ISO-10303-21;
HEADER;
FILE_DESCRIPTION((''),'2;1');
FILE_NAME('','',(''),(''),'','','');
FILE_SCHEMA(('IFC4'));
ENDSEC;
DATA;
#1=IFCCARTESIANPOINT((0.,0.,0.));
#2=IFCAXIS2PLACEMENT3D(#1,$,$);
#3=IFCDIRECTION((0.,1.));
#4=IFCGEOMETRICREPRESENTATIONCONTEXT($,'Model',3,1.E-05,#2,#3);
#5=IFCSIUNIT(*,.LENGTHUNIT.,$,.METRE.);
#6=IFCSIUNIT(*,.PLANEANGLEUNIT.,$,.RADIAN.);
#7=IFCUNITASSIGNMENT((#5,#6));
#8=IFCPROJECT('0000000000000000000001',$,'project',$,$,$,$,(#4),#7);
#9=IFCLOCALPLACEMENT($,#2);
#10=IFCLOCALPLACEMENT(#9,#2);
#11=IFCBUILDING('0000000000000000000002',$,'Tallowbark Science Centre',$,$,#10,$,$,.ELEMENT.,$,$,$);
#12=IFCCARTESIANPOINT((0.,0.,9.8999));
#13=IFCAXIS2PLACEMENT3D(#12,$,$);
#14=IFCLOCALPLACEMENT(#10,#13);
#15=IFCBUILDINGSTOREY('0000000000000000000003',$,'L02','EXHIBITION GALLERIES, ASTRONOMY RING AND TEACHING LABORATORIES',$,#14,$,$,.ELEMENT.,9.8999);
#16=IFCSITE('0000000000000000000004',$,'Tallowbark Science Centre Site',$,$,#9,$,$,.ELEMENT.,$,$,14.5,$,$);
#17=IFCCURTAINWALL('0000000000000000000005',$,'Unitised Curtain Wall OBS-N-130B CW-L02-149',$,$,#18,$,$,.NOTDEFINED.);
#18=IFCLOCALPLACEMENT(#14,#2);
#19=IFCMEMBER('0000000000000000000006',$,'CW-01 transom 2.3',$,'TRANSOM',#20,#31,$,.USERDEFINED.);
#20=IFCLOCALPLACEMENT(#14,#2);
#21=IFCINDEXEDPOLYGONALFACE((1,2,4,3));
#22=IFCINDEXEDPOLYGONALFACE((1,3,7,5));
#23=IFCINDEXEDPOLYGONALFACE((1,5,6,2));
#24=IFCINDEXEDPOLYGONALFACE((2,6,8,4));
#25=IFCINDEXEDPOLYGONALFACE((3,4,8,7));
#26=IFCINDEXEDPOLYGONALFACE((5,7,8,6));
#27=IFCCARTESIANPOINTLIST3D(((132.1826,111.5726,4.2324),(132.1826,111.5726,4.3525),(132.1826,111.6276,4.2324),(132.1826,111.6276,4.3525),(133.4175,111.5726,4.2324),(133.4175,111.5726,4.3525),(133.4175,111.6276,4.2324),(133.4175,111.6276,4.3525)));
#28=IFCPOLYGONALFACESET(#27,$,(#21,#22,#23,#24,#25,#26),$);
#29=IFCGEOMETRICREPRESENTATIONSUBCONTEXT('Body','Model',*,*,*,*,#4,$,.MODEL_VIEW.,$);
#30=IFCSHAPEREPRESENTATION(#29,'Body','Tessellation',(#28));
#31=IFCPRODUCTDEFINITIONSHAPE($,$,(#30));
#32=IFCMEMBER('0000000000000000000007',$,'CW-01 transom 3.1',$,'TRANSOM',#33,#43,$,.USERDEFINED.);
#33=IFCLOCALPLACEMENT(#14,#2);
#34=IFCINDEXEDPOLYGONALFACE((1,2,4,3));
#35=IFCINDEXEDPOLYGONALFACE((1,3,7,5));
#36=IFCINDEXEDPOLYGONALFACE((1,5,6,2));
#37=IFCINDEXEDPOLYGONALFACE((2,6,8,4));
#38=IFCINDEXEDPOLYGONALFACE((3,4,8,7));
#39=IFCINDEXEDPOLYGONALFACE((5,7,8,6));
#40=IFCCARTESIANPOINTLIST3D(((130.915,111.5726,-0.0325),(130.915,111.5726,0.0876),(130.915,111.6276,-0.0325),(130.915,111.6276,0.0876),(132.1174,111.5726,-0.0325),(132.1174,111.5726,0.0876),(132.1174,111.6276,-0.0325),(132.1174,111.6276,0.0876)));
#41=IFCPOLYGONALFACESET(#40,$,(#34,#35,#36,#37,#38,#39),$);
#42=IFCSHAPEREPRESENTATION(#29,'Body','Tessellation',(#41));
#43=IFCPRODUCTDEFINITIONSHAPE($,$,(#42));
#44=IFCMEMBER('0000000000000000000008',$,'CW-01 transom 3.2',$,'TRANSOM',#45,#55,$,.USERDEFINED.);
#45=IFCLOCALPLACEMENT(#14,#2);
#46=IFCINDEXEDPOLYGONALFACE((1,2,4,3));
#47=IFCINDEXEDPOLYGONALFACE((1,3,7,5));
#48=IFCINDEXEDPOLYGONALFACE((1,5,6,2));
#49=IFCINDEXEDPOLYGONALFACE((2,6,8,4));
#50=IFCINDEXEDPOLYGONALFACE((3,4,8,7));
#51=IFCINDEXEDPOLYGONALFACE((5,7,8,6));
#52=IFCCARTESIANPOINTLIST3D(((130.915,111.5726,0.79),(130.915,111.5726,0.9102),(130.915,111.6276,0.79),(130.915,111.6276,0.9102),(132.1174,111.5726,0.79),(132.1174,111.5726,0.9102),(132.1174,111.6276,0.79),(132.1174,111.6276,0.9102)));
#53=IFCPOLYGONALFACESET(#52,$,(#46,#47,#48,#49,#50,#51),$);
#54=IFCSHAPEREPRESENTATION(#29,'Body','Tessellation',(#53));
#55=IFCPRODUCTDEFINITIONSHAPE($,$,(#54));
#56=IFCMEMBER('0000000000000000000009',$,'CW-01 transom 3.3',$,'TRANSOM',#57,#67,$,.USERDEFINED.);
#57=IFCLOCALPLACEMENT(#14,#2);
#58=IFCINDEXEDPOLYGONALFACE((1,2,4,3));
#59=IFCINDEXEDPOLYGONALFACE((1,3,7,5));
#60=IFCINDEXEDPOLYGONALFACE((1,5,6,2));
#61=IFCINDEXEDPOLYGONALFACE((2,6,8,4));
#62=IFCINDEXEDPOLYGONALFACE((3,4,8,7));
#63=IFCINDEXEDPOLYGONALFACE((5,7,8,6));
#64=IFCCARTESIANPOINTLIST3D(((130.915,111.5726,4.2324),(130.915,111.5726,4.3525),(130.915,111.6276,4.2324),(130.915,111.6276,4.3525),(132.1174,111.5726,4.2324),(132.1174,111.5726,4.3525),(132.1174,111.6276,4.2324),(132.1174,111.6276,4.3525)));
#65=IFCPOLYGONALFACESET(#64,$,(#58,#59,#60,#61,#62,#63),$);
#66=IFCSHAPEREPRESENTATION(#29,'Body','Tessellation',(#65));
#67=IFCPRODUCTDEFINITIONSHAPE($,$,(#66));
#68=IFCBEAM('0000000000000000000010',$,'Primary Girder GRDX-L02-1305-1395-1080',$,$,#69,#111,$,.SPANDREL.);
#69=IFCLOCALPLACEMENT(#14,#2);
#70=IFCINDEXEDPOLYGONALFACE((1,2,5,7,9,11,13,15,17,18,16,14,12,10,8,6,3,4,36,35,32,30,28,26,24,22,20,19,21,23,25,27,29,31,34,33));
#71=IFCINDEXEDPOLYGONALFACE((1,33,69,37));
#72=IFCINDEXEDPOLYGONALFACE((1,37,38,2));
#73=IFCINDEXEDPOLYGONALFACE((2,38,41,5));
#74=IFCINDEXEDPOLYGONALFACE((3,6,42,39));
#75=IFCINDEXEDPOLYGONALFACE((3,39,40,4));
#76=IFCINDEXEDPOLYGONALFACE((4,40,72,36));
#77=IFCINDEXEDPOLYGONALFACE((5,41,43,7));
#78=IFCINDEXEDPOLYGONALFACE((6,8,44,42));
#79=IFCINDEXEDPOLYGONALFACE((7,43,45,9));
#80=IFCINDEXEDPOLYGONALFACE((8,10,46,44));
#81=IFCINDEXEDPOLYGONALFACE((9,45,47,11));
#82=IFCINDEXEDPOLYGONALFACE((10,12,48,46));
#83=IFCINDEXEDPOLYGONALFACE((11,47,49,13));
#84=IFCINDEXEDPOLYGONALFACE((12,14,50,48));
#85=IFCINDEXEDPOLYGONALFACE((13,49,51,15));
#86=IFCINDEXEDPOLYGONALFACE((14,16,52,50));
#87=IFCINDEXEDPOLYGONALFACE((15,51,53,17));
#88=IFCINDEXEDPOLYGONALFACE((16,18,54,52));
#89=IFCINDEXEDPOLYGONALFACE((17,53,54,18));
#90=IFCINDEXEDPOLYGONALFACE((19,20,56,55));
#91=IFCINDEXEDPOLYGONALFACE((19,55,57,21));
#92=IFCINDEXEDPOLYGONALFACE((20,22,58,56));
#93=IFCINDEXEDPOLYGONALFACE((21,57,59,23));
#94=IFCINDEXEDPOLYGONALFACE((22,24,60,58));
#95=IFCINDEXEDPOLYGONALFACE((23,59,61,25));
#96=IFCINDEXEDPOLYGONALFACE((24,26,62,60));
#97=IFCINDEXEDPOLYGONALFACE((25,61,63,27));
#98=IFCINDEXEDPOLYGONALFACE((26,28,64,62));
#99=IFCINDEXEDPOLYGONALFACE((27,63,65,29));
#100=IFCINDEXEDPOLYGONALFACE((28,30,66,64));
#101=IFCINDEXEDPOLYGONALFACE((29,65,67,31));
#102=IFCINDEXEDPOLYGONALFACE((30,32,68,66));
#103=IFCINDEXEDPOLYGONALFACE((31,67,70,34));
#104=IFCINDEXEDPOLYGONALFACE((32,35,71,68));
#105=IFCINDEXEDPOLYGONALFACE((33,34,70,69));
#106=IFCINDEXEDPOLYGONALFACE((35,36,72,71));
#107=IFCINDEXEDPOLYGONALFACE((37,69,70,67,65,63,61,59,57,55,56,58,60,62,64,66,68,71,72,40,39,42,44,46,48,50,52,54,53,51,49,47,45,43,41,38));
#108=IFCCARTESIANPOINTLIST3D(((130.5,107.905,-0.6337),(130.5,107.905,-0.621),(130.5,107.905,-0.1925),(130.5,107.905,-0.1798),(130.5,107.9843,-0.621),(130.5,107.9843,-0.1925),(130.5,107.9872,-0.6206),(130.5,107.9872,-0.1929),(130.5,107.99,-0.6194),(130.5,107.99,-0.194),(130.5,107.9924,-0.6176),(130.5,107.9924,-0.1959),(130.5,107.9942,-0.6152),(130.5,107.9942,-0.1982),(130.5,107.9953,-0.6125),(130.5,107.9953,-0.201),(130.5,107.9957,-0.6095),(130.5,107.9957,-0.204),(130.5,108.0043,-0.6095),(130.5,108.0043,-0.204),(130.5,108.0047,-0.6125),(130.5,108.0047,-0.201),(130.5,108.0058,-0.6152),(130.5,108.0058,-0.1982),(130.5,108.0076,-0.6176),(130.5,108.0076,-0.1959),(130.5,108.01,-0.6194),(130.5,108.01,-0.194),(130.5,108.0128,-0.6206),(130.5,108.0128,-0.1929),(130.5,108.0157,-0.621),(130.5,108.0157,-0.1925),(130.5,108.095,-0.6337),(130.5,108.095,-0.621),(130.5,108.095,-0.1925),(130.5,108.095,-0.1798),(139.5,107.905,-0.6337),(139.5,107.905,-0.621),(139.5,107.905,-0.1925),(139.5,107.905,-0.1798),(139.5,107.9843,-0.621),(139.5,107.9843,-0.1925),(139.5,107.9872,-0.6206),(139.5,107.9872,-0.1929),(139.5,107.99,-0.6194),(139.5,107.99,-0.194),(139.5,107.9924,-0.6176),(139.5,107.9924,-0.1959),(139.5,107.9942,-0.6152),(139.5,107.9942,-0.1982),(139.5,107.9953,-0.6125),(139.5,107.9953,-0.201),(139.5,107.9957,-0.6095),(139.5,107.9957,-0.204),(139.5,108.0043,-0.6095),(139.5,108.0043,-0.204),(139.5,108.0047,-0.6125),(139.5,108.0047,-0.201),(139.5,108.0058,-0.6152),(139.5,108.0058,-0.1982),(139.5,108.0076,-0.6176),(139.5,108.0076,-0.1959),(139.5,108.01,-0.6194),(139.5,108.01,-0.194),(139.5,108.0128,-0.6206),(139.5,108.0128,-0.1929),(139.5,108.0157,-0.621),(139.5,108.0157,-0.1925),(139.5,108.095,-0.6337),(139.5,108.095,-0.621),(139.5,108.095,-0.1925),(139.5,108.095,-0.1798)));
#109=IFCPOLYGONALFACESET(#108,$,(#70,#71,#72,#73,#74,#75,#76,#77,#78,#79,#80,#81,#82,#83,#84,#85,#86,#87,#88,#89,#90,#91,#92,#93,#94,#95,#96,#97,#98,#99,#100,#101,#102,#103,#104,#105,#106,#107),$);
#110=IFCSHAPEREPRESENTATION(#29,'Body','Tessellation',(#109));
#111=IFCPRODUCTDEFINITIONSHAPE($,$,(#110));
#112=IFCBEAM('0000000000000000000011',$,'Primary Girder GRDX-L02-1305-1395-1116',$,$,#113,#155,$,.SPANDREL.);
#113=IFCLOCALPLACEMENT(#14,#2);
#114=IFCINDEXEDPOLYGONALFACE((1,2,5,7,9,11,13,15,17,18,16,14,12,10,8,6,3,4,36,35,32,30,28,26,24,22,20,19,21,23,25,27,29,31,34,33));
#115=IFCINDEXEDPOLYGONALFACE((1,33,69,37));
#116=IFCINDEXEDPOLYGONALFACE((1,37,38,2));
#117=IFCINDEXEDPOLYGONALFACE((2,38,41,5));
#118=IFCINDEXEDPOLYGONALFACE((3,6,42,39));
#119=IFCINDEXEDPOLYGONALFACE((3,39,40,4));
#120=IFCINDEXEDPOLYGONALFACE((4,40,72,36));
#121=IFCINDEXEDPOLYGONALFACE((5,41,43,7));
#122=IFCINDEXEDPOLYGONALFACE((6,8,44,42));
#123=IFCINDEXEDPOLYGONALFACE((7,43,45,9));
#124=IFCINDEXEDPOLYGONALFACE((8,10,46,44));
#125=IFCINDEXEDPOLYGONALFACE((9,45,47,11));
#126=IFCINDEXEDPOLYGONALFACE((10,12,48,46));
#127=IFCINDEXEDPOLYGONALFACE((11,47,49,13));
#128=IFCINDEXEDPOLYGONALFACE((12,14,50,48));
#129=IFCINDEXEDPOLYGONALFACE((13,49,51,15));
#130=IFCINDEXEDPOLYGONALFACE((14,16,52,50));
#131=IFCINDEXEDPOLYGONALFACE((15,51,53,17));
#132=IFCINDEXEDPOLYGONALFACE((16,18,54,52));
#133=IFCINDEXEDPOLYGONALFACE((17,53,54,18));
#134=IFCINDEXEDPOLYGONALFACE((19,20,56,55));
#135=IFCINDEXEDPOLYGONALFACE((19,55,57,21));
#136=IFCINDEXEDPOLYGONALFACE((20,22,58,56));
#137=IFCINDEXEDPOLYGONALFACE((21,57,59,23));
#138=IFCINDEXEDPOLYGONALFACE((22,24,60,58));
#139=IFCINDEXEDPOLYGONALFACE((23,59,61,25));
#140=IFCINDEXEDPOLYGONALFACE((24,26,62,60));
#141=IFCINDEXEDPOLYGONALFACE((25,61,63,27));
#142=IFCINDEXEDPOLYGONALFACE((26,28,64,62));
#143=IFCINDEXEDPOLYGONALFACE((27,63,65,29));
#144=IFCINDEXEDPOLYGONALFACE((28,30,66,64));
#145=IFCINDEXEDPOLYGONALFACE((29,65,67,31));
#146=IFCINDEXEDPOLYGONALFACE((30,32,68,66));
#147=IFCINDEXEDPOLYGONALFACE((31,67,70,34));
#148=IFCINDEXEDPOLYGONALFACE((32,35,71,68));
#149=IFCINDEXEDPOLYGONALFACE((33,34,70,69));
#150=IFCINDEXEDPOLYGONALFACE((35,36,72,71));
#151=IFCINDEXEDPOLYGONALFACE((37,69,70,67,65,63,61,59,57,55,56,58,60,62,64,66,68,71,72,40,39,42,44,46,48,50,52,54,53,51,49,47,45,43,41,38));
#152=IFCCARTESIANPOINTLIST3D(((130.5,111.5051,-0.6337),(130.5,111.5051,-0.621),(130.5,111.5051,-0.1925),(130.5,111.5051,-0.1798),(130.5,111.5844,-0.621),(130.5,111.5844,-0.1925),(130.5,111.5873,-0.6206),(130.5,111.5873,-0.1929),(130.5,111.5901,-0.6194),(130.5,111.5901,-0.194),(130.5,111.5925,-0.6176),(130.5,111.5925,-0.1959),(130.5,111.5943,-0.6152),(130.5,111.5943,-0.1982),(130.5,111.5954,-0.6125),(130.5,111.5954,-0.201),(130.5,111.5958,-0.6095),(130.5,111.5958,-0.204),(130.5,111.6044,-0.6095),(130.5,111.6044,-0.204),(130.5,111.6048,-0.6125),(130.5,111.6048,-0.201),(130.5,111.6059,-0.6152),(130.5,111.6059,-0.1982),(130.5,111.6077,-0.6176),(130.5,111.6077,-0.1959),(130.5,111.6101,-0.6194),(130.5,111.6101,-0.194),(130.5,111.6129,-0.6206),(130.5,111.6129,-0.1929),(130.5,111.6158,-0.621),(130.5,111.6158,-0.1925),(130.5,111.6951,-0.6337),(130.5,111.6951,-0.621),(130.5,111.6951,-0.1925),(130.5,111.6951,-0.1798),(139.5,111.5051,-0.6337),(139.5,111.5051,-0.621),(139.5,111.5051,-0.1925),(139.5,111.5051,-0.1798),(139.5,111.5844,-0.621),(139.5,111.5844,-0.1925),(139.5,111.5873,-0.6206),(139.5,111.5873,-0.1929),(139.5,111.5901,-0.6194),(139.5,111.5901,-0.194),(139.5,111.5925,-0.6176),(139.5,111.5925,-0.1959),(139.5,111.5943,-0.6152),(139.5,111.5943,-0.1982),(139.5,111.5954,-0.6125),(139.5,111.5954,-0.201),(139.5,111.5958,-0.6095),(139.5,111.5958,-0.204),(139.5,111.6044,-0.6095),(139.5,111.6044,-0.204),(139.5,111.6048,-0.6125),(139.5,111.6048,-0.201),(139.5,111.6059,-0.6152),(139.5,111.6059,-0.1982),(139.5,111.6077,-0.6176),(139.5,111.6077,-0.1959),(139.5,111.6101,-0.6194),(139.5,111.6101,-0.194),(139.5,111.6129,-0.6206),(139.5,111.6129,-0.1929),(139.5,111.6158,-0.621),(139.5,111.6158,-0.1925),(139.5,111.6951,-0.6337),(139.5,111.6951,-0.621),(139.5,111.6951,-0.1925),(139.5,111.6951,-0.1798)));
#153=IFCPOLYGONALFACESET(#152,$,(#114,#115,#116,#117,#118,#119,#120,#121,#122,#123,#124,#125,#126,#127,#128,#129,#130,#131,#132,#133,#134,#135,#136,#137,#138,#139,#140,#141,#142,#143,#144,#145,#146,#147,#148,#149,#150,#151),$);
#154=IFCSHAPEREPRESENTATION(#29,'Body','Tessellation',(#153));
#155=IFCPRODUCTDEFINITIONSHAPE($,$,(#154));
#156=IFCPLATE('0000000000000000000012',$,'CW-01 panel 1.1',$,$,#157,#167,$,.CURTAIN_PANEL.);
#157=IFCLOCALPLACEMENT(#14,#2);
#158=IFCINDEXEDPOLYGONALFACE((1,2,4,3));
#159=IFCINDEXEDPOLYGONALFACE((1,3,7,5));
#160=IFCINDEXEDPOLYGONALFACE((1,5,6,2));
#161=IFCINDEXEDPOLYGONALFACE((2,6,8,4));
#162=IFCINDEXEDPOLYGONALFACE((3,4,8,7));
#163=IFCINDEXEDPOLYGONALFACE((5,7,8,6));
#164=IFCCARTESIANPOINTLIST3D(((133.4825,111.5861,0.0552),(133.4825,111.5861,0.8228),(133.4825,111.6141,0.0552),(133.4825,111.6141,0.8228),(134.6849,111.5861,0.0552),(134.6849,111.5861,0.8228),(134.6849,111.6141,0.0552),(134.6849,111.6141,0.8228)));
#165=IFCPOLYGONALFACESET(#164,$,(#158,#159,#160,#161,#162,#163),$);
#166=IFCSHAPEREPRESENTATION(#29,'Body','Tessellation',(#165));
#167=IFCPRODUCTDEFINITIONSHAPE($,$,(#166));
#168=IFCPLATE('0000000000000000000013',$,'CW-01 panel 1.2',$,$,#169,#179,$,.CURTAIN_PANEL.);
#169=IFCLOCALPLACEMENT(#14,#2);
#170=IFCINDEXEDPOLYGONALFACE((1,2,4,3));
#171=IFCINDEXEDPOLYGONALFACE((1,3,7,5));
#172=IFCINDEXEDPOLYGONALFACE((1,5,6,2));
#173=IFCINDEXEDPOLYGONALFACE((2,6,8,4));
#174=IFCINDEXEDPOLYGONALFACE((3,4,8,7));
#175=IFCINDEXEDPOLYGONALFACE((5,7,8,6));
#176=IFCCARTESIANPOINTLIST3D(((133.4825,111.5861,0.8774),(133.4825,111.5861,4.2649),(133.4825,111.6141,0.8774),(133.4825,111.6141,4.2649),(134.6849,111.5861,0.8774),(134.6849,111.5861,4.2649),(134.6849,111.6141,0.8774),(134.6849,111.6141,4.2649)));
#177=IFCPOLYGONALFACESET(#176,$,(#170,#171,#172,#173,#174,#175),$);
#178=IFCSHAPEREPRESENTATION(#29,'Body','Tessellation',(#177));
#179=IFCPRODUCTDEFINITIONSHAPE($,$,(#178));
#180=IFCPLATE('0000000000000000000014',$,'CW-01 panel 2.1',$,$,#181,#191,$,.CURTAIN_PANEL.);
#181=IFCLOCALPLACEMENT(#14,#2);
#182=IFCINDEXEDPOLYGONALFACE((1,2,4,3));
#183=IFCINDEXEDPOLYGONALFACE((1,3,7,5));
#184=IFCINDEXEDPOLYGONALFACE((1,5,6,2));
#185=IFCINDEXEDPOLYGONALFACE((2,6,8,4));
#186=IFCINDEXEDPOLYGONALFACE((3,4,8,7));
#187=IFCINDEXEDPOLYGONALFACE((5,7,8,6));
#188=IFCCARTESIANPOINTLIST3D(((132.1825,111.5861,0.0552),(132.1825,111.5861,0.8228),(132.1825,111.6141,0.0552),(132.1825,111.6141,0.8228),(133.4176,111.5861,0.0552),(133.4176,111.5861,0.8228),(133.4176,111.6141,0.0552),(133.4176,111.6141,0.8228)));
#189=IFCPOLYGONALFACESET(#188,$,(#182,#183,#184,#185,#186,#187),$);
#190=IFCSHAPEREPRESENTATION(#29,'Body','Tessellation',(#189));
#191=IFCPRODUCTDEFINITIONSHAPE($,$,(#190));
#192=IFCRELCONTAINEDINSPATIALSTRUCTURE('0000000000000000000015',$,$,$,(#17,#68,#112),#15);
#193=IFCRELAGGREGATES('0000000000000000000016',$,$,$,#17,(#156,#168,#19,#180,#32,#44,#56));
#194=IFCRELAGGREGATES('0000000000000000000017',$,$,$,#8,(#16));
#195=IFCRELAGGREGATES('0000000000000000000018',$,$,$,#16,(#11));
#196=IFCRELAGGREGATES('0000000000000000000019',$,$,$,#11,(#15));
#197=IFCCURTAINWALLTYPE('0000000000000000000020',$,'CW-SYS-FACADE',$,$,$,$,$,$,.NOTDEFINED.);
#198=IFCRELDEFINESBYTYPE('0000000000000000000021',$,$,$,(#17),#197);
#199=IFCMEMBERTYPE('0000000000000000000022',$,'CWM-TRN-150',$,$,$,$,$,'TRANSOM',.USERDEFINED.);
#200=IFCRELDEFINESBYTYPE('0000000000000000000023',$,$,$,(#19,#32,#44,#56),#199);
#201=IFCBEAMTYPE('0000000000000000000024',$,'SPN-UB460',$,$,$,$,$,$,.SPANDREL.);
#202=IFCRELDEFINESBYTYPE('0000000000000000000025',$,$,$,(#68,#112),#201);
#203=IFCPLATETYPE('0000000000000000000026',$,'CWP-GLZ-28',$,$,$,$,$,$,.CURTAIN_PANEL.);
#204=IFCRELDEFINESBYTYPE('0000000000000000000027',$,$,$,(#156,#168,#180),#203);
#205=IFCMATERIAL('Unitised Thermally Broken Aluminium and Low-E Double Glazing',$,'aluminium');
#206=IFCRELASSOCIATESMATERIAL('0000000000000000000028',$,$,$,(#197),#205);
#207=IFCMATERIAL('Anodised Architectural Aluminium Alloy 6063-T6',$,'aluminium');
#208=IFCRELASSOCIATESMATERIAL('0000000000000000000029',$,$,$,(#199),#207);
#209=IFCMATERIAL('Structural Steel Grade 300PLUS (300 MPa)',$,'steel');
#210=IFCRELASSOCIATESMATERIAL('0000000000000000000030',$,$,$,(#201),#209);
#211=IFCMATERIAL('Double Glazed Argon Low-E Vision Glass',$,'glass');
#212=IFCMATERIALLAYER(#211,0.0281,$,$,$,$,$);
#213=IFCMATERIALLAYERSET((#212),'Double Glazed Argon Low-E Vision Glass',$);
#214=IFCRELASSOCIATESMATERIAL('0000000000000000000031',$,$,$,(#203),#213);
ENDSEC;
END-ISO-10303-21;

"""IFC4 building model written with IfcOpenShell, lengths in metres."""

from ifc_helpers import new_model, si_unit, direction, frame, origin, origin_2d, place, context, subcontext, project, spatial, rectangle, i_section, extrude, material, layer, layer_set, material_profile, profile_set, type_object, element, aggregate, save


model = new_model("IFC4")

# Units and contexts
model_context = context("Model", 3, precision=1e-05, world=origin(), true_north=direction((0.0, 1.0)))
body_context = subcontext(model_context, "Body", "Model", "MODEL_VIEW")
ifc_project = project(units=[si_unit("LENGTHUNIT", "METRE"), si_unit("PLANEANGLEUNIT", "RADIAN")], contexts=[model_context])

# Site, building, storey
site_placement = place(None, origin())
site = spatial("IfcSite", under=ifc_project, at=site_placement, Name="Tallowbark Science Centre Site", CompositionType="ELEMENT", RefElevation=14.5)
building_placement = place(site_placement, origin())
building = spatial("IfcBuilding", under=site, at=building_placement, Name="Tallowbark Science Centre", CompositionType="ELEMENT")
storey_placement = place(building_placement, frame((0.0, 0.0, 9.8999)))
storey = spatial("IfcBuildingStorey", under=building, at=storey_placement, Name="L02", Description="EXHIBITION GALLERIES, ASTRONOMY RING AND TEACHING LABORATORIES", CompositionType="ELEMENT", Elevation=9.8999)

# Shared definitions
ifc_material_1 = material(Name="Structural Steel Grade 300PLUS (300 MPa)", Category="steel")

# Curtain wall, members
ifc_material_2 = material(Name="Unitised Thermally Broken Aluminium and Low-E Double Glazing", Category="aluminium")
curtain_wall_type = type_object("IfcCurtainWallType", Name="CW-SYS-FACADE", PredefinedType="NOTDEFINED", material=ifc_material_2)
curtain_wall_placement = place(storey_placement, origin())
curtain_wall = element("IfcCurtainWall", 1, at=curtain_wall_placement, inside=storey, type_object=curtain_wall_type, Name="Unitised Curtain Wall OBS-N-130B CW-L02-149", PredefinedType="NOTDEFINED")
ifc_material_3 = material(Name="Anodised Architectural Aluminium Alloy 6063-T6", Category="aluminium")
ifc_material_profile_1 = material_profile(ifc_material_3, rectangle(XDim=0.0549, YDim=0.1201, at=origin_2d()), Name="ALU55x120")
ifc_profile_set_1 = profile_set([ifc_material_profile_1], Name="Anodised Architectural Aluminium Alloy 6063-T6")
member_type_1 = type_object("IfcMemberType", Name="CWM-TRN-150", ElementType="TRANSOM", PredefinedType="USERDEFINED", material=ifc_profile_set_1)
member_1_placement = place(storey_placement, frame((133.4175, 111.6001, 4.2925), z_axis=(-1.0, 0.0, 0.0), x_axis=(0.0, -1.0, 0.0)))
member_1 = element("IfcMember", 2, at=member_1_placement, type_object=member_type_1, Name="CW-01 transom 2.3", ObjectType="TRANSOM", PredefinedType="USERDEFINED", context=body_context, shape_type="SweptSolid", body=[
    extrude(rectangle(XDim=0.0549, YDim=0.1201, at=origin_2d()), origin(), (0.0, 0.0, 1.0), 1.2349),
])
member_2_placement = place(storey_placement, frame((132.1174, 111.6001, 0.0276), z_axis=(-1.0, 0.0, 0.0), x_axis=(0.0, -1.0, 0.0)))
member_2 = element("IfcMember", 3, at=member_2_placement, type_object=member_type_1, Name="CW-01 transom 3.1", ObjectType="TRANSOM", PredefinedType="USERDEFINED", context=body_context, shape_type="SweptSolid", body=[
    extrude(rectangle(XDim=0.0549, YDim=0.1201, at=origin_2d()), origin(), (0.0, 0.0, 1.0), 1.2024),
])
member_3_placement = place(storey_placement, frame((132.1174, 111.6001, 0.8501), z_axis=(-1.0, 0.0, 0.0), x_axis=(0.0, -1.0, 0.0)))
member_3 = element("IfcMember", 4, at=member_3_placement, type_object=member_type_1, Name="CW-01 transom 3.2", ObjectType="TRANSOM", PredefinedType="USERDEFINED", context=body_context, shape_type="SweptSolid", body=[
    extrude(rectangle(XDim=0.0549, YDim=0.1201, at=origin_2d()), origin(), (0.0, 0.0, 1.0), 1.2024),
])
member_4_placement = place(storey_placement, frame((132.1174, 111.6001, 4.2925), z_axis=(-1.0, 0.0, 0.0), x_axis=(0.0, -1.0, 0.0)))
member_4 = element("IfcMember", 5, at=member_4_placement, type_object=member_type_1, Name="CW-01 transom 3.3", ObjectType="TRANSOM", PredefinedType="USERDEFINED", context=body_context, shape_type="SweptSolid", body=[
    extrude(rectangle(XDim=0.0549, YDim=0.1201, at=origin_2d()), origin(), (0.0, 0.0, 1.0), 1.2024),
])

# Beams
ifc_material_profile_2 = material_profile(ifc_material_1, i_section(OverallWidth=0.1899, OverallDepth=0.4539, WebThickness=0.0085, FlangeThickness=0.0127, FilletRadius=0.0115, at=origin_2d()), Name="460UB67.1")
ifc_profile_set_2 = profile_set([ifc_material_profile_2], Name="Structural Steel Grade 300PLUS (300 MPa)")
beam_type_1 = type_object("IfcBeamType", Name="SPN-UB460", PredefinedType="SPANDREL", material=ifc_profile_set_2)
for number, where, z_axis, x_axis, name in (
    (6, (130.5, 108.0, -0.4067), (1.0, 0.0, 0.0), (0.0, 1.0, 0.0), "Primary Girder GRDX-L02-1305-1395-1080"),
    (7, (130.5, 111.6001, -0.4067), (1.0, 0.0, 0.0), (0.0, 1.0, 0.0), "Primary Girder GRDX-L02-1305-1395-1116"),
):
    element("IfcBeam", number, at=place(storey_placement, frame(where, z_axis=z_axis, x_axis=x_axis)), inside=storey, type_object=beam_type_1, Name=name, PredefinedType="SPANDREL", context=body_context, shape_type="SweptSolid", body=[
        extrude(i_section(OverallWidth=0.1899, OverallDepth=0.4539, WebThickness=0.0085, FlangeThickness=0.0127, FilletRadius=0.0115, at=origin_2d()), origin(), (0.0, 0.0, 1.0), 9.0),
    ])

# Plates
ifc_material_4 = material(Name="Double Glazed Argon Low-E Vision Glass", Category="glass")
ifc_layer_1 = layer(ifc_material_4, 0.0281)
ifc_layer_set_1 = layer_set([ifc_layer_1], Name="Double Glazed Argon Low-E Vision Glass")
plate_type = type_object("IfcPlateType", Name="CWP-GLZ-28", PredefinedType="CURTAIN_PANEL", material=ifc_layer_set_1)
plate_1_placement = place(storey_placement, frame((134.0837, 111.6001, 0.0552), z_axis=(0.0, 0.0, 1.0), x_axis=(-1.0, 0.0, 0.0)))
plate_1 = element("IfcPlate", 8, at=plate_1_placement, type_object=plate_type, Name="CW-01 panel 1.1", PredefinedType="CURTAIN_PANEL", context=body_context, shape_type="SweptSolid", body=[
    extrude(rectangle(XDim=1.2024, YDim=0.0281, at=origin_2d()), origin(), (0.0, 0.0, 1.0), 0.7676),
])
plate_2_placement = place(storey_placement, frame((134.0837, 111.6001, 0.8774), z_axis=(0.0, 0.0, 1.0), x_axis=(-1.0, 0.0, 0.0)))
plate_2 = element("IfcPlate", 9, at=plate_2_placement, type_object=plate_type, Name="CW-01 panel 1.2", PredefinedType="CURTAIN_PANEL", context=body_context, shape_type="SweptSolid", body=[
    extrude(rectangle(XDim=1.2024, YDim=0.0281, at=origin_2d()), origin(), (0.0, 0.0, 1.0), 3.3875),
])
plate_3_placement = place(storey_placement, frame((132.8, 111.6001, 0.0552), z_axis=(0.0, 0.0, 1.0), x_axis=(-1.0, 0.0, 0.0)))
plate_3 = element("IfcPlate", 10, at=plate_3_placement, type_object=plate_type, Name="CW-01 panel 2.1", PredefinedType="CURTAIN_PANEL", context=body_context, shape_type="SweptSolid", body=[
    extrude(rectangle(XDim=1.2351, YDim=0.0281, at=origin_2d()), origin(), (0.0, 0.0, 1.0), 0.7676),
])
aggregate(curtain_wall, [plate_1, plate_2, member_1, plate_3, member_2, member_3, member_4])

save(model, "model.ifc")
